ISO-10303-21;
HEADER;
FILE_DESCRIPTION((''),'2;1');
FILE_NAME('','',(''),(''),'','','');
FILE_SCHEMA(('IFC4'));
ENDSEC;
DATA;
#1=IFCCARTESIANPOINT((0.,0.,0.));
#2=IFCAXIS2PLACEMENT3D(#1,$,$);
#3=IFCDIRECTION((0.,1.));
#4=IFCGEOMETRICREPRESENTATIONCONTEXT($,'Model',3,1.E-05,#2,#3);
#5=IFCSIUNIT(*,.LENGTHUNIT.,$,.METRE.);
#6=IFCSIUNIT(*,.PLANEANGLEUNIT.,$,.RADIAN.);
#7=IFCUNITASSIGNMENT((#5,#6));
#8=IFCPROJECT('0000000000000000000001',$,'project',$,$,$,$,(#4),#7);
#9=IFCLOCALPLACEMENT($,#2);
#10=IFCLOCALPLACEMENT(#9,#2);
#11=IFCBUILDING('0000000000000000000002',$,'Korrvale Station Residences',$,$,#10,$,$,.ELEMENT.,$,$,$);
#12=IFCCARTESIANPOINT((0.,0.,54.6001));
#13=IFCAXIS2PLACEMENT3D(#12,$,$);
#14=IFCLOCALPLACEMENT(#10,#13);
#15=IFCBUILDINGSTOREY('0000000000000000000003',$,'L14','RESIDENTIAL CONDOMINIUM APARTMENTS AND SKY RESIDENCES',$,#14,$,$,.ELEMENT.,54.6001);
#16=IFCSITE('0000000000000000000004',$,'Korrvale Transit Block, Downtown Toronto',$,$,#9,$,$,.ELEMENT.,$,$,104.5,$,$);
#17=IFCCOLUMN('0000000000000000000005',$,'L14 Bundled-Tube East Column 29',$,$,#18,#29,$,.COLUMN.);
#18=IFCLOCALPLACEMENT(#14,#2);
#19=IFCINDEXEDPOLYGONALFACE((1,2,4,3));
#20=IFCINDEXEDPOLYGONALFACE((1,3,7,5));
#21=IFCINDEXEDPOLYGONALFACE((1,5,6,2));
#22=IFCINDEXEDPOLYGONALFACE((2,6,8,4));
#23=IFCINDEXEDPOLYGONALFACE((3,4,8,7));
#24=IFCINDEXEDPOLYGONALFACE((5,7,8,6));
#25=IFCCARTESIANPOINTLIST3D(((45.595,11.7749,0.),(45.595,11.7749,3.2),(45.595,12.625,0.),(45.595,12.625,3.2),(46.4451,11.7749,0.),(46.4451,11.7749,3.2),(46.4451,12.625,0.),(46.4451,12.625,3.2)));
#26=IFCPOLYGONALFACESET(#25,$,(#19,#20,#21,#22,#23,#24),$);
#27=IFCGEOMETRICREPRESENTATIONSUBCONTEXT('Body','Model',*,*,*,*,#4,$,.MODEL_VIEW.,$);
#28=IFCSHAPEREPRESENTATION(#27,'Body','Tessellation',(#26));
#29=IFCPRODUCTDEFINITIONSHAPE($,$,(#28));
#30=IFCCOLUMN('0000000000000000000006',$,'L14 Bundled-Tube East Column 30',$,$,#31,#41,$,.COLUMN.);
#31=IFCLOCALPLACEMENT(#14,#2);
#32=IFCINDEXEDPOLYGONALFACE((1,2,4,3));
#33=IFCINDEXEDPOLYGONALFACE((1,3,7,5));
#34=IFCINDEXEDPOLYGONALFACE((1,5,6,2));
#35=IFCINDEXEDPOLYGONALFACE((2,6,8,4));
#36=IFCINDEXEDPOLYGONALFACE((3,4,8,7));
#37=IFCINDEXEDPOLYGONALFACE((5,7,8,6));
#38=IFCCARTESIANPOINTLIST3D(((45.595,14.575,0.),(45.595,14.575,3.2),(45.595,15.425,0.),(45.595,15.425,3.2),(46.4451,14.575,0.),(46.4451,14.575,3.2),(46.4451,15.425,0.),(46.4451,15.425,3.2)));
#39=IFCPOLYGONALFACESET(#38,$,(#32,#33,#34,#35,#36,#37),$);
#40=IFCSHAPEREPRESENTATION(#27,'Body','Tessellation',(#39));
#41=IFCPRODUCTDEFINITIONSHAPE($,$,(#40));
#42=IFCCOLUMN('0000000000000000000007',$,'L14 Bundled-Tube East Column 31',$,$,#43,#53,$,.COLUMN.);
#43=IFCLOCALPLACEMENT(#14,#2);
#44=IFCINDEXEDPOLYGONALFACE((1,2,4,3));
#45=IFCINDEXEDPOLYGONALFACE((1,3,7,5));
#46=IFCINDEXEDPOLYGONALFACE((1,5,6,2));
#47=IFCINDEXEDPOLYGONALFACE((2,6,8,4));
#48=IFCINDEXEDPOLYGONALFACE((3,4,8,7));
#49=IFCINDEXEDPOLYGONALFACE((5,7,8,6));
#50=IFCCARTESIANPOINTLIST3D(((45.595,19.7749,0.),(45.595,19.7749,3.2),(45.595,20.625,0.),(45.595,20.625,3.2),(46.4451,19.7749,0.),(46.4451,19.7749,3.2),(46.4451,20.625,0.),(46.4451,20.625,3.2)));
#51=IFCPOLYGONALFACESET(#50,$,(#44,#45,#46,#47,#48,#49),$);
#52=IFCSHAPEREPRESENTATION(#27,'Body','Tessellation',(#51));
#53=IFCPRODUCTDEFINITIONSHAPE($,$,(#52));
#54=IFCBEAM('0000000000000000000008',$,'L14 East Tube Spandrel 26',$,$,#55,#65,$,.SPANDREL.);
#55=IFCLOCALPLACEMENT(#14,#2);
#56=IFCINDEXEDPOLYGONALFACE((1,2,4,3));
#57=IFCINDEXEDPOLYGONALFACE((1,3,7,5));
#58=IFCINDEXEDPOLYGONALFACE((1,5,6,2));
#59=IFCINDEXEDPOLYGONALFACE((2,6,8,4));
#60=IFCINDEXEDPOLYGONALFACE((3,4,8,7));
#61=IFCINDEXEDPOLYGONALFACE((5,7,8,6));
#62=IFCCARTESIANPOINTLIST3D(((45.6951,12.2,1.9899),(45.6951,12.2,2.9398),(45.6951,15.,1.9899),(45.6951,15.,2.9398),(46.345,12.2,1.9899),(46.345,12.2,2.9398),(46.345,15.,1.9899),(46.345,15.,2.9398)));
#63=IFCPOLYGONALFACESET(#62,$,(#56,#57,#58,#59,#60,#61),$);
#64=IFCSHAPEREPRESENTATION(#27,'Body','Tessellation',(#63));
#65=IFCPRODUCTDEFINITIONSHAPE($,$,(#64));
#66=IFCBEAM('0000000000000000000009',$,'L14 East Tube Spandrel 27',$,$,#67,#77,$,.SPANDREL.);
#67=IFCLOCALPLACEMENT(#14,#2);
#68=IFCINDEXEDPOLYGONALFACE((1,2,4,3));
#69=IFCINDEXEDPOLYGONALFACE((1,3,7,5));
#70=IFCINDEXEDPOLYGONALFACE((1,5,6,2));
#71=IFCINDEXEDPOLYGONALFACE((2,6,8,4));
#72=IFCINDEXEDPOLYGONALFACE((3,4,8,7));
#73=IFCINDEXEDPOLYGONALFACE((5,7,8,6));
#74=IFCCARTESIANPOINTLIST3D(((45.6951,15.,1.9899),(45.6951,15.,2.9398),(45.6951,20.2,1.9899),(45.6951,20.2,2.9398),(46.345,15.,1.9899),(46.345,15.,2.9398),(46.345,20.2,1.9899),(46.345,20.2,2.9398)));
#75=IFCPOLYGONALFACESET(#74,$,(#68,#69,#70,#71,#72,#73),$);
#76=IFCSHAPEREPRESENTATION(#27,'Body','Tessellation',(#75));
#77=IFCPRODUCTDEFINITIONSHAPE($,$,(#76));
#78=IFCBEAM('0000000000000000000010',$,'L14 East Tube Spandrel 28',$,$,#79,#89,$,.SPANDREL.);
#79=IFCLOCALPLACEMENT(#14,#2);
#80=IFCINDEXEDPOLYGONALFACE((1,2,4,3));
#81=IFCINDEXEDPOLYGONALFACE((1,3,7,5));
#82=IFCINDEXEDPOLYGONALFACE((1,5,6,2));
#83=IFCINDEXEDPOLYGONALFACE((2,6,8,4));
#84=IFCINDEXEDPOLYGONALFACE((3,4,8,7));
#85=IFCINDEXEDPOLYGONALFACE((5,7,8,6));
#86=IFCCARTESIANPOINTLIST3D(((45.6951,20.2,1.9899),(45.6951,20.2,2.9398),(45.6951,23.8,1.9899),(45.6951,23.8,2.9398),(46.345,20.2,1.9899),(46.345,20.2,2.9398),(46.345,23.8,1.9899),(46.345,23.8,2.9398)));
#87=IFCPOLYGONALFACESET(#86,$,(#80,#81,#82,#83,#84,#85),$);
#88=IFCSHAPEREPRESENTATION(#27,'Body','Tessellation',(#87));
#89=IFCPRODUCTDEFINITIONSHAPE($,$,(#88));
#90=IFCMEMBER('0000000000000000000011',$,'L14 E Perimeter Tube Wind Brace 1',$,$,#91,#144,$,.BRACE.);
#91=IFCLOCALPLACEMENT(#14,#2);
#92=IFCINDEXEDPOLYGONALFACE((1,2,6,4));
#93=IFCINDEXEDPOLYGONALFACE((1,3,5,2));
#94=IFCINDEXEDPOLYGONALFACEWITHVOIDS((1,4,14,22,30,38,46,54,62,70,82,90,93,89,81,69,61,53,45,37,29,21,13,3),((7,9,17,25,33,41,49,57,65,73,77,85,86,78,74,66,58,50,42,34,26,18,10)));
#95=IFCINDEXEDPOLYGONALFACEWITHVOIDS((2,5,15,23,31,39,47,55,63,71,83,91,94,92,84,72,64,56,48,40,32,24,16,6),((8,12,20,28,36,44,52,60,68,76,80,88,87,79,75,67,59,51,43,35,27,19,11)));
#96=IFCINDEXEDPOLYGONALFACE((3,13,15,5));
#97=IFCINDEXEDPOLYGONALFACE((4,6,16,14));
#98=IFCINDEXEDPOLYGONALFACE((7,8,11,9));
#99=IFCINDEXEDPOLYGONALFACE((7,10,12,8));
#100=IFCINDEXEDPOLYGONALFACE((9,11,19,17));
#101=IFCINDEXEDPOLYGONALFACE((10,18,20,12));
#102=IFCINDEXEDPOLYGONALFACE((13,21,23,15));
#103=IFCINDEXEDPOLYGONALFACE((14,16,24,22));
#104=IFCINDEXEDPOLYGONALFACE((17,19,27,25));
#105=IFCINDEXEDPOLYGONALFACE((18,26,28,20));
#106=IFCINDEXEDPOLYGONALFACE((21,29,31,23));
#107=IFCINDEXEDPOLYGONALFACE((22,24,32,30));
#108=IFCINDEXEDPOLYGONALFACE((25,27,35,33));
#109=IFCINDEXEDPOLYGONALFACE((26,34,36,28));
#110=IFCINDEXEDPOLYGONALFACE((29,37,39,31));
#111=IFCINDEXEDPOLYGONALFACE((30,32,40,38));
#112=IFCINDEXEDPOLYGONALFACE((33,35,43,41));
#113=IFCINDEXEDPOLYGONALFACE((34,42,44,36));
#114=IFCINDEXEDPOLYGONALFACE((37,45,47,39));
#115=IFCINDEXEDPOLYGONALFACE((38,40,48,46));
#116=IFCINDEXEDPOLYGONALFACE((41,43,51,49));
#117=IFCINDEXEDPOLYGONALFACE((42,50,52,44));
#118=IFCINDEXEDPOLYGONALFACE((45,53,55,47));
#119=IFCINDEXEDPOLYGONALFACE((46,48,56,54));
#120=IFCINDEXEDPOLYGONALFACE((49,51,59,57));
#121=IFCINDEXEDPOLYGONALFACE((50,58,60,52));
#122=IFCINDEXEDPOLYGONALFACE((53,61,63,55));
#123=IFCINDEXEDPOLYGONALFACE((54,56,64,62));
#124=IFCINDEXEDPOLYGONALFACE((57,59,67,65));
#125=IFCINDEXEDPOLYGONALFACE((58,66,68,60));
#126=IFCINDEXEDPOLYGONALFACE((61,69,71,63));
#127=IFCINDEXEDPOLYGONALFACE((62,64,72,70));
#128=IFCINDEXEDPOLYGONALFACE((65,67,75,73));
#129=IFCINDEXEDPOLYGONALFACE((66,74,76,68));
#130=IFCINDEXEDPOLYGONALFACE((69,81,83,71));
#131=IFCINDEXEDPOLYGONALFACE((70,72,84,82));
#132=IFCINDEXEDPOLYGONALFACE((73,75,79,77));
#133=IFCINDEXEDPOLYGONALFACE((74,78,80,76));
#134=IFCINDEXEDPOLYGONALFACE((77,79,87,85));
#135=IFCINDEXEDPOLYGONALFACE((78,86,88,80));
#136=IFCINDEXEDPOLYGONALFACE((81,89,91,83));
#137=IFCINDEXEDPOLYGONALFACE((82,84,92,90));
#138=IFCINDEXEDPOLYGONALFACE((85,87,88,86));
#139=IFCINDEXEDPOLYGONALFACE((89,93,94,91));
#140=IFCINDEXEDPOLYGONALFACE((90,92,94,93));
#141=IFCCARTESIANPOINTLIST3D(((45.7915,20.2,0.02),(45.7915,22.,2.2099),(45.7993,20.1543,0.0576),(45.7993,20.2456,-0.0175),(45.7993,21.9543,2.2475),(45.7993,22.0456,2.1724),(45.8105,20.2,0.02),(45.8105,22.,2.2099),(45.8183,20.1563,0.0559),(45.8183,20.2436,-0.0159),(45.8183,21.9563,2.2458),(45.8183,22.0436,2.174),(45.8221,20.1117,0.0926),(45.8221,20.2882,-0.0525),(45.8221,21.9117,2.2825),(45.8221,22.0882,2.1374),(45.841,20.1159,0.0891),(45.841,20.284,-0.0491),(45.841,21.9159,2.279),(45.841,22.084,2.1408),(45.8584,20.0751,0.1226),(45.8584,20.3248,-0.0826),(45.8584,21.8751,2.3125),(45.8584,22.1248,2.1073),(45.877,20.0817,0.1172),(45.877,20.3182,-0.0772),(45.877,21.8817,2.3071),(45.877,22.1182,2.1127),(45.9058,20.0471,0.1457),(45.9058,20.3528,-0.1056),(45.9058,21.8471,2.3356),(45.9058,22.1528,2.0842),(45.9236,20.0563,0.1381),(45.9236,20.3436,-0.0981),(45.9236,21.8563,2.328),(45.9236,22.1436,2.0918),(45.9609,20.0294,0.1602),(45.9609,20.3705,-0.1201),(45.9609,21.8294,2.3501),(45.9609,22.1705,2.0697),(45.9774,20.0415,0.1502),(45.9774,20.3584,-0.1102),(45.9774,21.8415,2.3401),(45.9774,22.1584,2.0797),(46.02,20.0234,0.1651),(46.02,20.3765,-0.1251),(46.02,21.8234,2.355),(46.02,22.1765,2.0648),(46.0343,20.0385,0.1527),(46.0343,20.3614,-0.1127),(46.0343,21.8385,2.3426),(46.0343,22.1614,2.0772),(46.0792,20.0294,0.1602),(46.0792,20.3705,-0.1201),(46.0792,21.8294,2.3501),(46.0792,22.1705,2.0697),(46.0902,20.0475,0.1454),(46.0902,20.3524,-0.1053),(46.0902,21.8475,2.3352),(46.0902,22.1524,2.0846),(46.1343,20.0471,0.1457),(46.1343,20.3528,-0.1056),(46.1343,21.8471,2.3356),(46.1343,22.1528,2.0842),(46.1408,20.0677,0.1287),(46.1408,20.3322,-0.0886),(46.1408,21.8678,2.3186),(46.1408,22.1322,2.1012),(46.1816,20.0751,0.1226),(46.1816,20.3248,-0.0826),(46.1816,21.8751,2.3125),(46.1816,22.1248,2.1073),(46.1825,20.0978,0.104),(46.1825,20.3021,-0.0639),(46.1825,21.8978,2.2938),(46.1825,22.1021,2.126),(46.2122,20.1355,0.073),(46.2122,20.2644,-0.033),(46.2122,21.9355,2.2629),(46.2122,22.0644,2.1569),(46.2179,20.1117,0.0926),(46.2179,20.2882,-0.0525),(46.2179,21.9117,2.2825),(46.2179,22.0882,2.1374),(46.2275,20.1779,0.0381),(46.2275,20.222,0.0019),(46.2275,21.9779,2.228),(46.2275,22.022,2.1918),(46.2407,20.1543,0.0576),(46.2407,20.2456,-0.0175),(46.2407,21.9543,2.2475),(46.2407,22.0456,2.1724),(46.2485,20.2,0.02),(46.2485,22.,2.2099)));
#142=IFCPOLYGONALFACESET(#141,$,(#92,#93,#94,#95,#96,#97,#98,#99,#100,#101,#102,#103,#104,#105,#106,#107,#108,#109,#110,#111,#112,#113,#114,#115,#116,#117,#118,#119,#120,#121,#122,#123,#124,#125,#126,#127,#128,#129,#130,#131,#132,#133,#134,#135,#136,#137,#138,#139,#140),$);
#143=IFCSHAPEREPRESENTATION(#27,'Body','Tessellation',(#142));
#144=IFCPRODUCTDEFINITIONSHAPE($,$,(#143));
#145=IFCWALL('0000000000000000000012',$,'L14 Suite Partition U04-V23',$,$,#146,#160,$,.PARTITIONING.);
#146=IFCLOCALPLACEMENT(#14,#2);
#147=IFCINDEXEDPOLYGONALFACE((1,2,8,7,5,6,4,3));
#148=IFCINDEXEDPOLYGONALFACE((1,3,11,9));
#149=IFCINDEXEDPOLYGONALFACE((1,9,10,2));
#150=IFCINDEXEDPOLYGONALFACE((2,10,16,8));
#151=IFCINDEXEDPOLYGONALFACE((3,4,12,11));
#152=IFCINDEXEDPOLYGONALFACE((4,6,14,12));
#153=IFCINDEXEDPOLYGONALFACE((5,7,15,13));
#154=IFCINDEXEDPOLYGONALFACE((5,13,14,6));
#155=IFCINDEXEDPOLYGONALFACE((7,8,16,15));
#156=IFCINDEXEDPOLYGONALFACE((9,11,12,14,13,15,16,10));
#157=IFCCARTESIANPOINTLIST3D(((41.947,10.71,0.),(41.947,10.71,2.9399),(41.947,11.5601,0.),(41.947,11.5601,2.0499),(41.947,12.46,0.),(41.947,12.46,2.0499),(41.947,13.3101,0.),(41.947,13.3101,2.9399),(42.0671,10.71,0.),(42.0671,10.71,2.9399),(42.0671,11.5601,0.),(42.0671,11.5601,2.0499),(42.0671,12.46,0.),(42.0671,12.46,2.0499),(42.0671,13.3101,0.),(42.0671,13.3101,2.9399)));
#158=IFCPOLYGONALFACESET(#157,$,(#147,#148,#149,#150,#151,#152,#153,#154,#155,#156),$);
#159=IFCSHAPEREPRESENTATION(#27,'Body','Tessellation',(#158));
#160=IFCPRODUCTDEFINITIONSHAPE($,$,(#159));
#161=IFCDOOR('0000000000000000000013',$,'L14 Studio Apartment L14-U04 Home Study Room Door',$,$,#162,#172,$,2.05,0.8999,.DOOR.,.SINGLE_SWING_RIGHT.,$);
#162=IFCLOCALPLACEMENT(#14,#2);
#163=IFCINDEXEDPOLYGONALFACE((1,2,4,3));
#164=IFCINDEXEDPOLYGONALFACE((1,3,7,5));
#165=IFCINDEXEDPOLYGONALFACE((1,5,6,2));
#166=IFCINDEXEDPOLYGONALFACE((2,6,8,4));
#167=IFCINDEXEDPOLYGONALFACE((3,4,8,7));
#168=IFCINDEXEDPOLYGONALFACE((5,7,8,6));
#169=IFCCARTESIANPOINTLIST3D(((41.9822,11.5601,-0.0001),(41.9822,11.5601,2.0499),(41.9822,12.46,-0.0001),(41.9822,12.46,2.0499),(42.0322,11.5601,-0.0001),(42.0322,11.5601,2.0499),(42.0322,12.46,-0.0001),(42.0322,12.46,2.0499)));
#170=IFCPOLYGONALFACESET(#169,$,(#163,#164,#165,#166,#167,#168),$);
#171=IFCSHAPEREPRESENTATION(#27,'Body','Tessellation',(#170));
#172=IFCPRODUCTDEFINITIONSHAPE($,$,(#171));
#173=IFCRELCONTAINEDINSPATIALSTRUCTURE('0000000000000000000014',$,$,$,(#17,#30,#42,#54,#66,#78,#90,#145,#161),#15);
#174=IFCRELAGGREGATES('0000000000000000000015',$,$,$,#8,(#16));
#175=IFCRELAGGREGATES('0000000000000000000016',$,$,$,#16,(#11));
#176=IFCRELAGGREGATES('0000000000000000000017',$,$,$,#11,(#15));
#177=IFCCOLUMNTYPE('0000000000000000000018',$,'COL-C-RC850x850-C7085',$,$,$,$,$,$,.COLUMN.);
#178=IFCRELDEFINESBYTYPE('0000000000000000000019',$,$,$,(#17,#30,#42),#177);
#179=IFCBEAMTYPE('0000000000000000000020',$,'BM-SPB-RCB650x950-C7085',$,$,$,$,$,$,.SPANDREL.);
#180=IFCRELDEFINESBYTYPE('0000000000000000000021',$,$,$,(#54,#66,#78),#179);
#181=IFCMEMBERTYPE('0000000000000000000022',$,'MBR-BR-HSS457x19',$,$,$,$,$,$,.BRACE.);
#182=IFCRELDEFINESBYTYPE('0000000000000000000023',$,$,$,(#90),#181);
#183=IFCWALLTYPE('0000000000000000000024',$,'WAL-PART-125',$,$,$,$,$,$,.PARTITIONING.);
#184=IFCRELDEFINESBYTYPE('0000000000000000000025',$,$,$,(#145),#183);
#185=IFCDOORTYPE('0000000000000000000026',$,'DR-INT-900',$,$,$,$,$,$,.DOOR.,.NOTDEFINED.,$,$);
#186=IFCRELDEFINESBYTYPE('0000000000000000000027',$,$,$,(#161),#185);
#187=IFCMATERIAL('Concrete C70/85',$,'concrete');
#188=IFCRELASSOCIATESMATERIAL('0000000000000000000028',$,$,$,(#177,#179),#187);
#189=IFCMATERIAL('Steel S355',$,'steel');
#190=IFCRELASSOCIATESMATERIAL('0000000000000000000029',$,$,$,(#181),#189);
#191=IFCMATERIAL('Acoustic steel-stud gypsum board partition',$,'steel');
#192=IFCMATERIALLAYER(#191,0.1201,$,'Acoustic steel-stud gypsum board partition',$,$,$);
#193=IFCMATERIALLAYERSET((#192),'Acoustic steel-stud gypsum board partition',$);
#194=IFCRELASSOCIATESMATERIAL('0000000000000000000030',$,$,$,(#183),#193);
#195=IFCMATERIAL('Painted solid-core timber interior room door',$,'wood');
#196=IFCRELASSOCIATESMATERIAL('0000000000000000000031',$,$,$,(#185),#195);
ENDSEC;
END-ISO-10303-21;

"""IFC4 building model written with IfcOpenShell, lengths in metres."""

from ifc_helpers import new_model, si_unit, direction, frame, frame_2d, origin, origin_2d, place, context, subcontext, project, spatial, rectangle, hollow_circle, extrude, material, layer, layer_set, material_profile, profile_set, type_object, element, fill, save


model = new_model("IFC4")

# Units and contexts
model_context = context("Model", 3, precision=1e-05, world=origin(), true_north=direction((0.0, 1.0)))
body_context = subcontext(model_context, "Body", "Model", "MODEL_VIEW")
ifc_project = project(units=[si_unit("LENGTHUNIT", "METRE"), si_unit("PLANEANGLEUNIT", "RADIAN")], contexts=[model_context])

# Site, building, storey
site_placement = place(None, origin())
site = spatial("IfcSite", under=ifc_project, at=site_placement, Name="Korrvale Transit Block, Downtown Toronto", CompositionType="ELEMENT", RefElevation=104.5)
building_placement = place(site_placement, origin())
building = spatial("IfcBuilding", under=site, at=building_placement, Name="Korrvale Station Residences", CompositionType="ELEMENT")
storey_placement = place(building_placement, frame((0.0, 0.0, 54.6001)))
storey = spatial("IfcBuildingStorey", under=building, at=storey_placement, Name="L14", Description="RESIDENTIAL CONDOMINIUM APARTMENTS AND SKY RESIDENCES", CompositionType="ELEMENT", Elevation=54.6001)

# Columns
ifc_material_1 = material(Name="Concrete C70/85", Category="concrete")
ifc_material_profile_1 = material_profile(ifc_material_1, rectangle(XDim=0.8501, YDim=0.8501, at=origin_2d()), Name="RC850x850")
ifc_profile_set_1 = profile_set([ifc_material_profile_1], Name="Concrete C70/85")
column_type = type_object("IfcColumnType", Name="COL-C-RC850x850-C7085", PredefinedType="COLUMN", material=ifc_profile_set_1)
for number, where, z_axis, x_axis, name in (
    (1, (46.02, 12.2, 0.0), (0.0, 0.0, 1.0), (1.0, 0.0, 0.0), "L14 Bundled-Tube East Column 29"),
    (2, (46.02, 15.0, 0.0), (0.0, 0.0, 1.0), (1.0, 0.0, 0.0), "L14 Bundled-Tube East Column 30"),
    (3, (46.02, 20.2, 0.0), (0.0, 0.0, 1.0), (1.0, 0.0, 0.0), "L14 Bundled-Tube East Column 31"),
):
    element("IfcColumn", number, at=place(storey_placement, frame(where, z_axis=z_axis, x_axis=x_axis)), inside=storey, type_object=column_type, Name=name, PredefinedType="COLUMN", context=body_context, shape_type="SweptSolid", body=[
        extrude(rectangle(XDim=0.8501, YDim=0.8501, at=origin_2d()), origin(), (0.0, 0.0, 1.0), 3.2),
    ])

# Beams
ifc_material_profile_2 = material_profile(ifc_material_1, rectangle(XDim=0.6499, YDim=0.95, at=origin_2d()), Name="RCB650x950")
ifc_profile_set_2 = profile_set([ifc_material_profile_2], Name="Concrete C70/85")
beam_type = type_object("IfcBeamType", Name="BM-SPB-RCB650x950-C7085", PredefinedType="SPANDREL", material=ifc_profile_set_2)
beam_1_placement = place(storey_placement, frame((46.02, 12.2, 2.4648), z_axis=(0.0, 1.0, 0.0), x_axis=(-1.0, 0.0, 0.0)))
element("IfcBeam", 4, at=beam_1_placement, inside=storey, type_object=beam_type, Name="L14 East Tube Spandrel 26", PredefinedType="SPANDREL", context=body_context, shape_type="SweptSolid", body=[
    extrude(rectangle(XDim=0.6499, YDim=0.95, at=origin_2d()), origin(), (0.0, 0.0, 1.0), 2.8),
])
beam_2_placement = place(storey_placement, frame((46.02, 15.0, 2.4648), z_axis=(0.0, 1.0, 0.0), x_axis=(-1.0, 0.0, 0.0)))
element("IfcBeam", 5, at=beam_2_placement, inside=storey, type_object=beam_type, Name="L14 East Tube Spandrel 27", PredefinedType="SPANDREL", context=body_context, shape_type="SweptSolid", body=[
    extrude(rectangle(XDim=0.6499, YDim=0.95, at=origin_2d()), origin(), (0.0, 0.0, 1.0), 5.2),
])
beam_3_placement = place(storey_placement, frame((46.02, 20.2, 2.4648), z_axis=(0.0, 1.0, 0.0), x_axis=(-1.0, 0.0, 0.0)))
element("IfcBeam", 6, at=beam_3_placement, inside=storey, type_object=beam_type, Name="L14 East Tube Spandrel 28", PredefinedType="SPANDREL", context=body_context, shape_type="SweptSolid", body=[
    extrude(rectangle(XDim=0.6499, YDim=0.95, at=origin_2d()), origin(), (0.0, 0.0, 1.0), 3.6001),
])

# Member
ifc_material_2 = material(Name="Steel S355", Category="steel")
ifc_material_profile_3 = material_profile(ifc_material_2, hollow_circle(Radius=0.2285, WallThickness=0.019, at=origin_2d()), Name="HSS457x19")
ifc_profile_set_3 = profile_set([ifc_material_profile_3], Name="Steel S355")
member_type = type_object("IfcMemberType", Name="MBR-BR-HSS457x19", PredefinedType="BRACE", material=ifc_profile_set_3)
member_placement = place(storey_placement, frame((46.02, 20.2, 0.02), z_axis=(0.0, 0.634985, 0.772524), x_axis=(-1.0, 0.0, 0.0)))
element("IfcMember", 7, at=member_placement, inside=storey, type_object=member_type, Name="L14 E Perimeter Tube Wind Brace 1", PredefinedType="BRACE", context=body_context, shape_type="SweptSolid", body=[
    extrude(hollow_circle(Radius=0.2285, WallThickness=0.019, at=origin_2d()), origin(), (0.0, 0.0, 1.0), 2.8347),
])

# Wall, opening, door
ifc_material_3 = material(Name="Acoustic steel-stud gypsum board partition", Category="steel")
ifc_layer_1 = layer(ifc_material_3, 0.1201, Name="Acoustic steel-stud gypsum board partition")
ifc_layer_set_1 = layer_set([ifc_layer_1], Name="Acoustic steel-stud gypsum board partition")
wall_type_1 = type_object("IfcWallType", Name="WAL-PART-125", PredefinedType="PARTITIONING", material=ifc_layer_set_1)
wall_1_placement = place(storey_placement, frame((42.0071, 10.71, 0.0), z_axis=(0.0, 0.0, 1.0), x_axis=(0.0, 1.0, 0.0)))
wall_1 = element("IfcWall", 8, at=wall_1_placement, inside=storey, type_object=wall_type_1, Name="L14 Suite Partition U04-V23", PredefinedType="PARTITIONING", context=body_context, shape_type="SweptSolid", body=[
    extrude(rectangle(XDim=2.6001, YDim=0.1201, at=frame_2d((1.3, 0.0))), origin(), (0.0, 0.0, 1.0), 2.9399),
])
opening_1_placement = place(wall_1_placement, frame((0.8501, 0.0, 0.0)))
opening_1 = element("IfcOpeningElement", 9, at=opening_1_placement, cuts=wall_1, PredefinedType="OPENING", context=body_context, shape_type="SweptSolid", body=[
    extrude(rectangle(XDim=0.8999, YDim=2.05, at=frame_2d((0.45, 1.0249))), frame((0.0, 0.0701, 0.0), z_axis=(0.0, -1.0, 0.0), x_axis=(1.0, 0.0, 0.0)), (0.0, 0.0, 1.0), 0.1401),
])
ifc_material_4 = material(Name="Painted solid-core timber interior room door", Category="wood")
door_type = type_object("IfcDoorType", Name="DR-INT-900", OperationType="NOTDEFINED", PredefinedType="DOOR", material=ifc_material_4)
door_1_placement = place(opening_1_placement, origin())
door_1 = element("IfcDoor", 10, at=door_1_placement, inside=storey, type_object=door_type, Name="L14 Studio Apartment L14-U04 Home Study Room Door", OperationType="SINGLE_SWING_RIGHT", OverallHeight=2.05, OverallWidth=0.8999, PredefinedType="DOOR", context=body_context, shape_type="SweptSolid", body=[
    extrude(rectangle(XDim=0.8999, YDim=2.05, at=frame_2d((0.45, 1.0249))), frame((0.0, 0.0249, 0.0), z_axis=(0.0, -1.0, 0.0), x_axis=(1.0, 0.0, 0.0)), (0.0, 0.0, 1.0), 0.05),
])
fill(opening_1, door_1)

save(model, "model.ifc")
